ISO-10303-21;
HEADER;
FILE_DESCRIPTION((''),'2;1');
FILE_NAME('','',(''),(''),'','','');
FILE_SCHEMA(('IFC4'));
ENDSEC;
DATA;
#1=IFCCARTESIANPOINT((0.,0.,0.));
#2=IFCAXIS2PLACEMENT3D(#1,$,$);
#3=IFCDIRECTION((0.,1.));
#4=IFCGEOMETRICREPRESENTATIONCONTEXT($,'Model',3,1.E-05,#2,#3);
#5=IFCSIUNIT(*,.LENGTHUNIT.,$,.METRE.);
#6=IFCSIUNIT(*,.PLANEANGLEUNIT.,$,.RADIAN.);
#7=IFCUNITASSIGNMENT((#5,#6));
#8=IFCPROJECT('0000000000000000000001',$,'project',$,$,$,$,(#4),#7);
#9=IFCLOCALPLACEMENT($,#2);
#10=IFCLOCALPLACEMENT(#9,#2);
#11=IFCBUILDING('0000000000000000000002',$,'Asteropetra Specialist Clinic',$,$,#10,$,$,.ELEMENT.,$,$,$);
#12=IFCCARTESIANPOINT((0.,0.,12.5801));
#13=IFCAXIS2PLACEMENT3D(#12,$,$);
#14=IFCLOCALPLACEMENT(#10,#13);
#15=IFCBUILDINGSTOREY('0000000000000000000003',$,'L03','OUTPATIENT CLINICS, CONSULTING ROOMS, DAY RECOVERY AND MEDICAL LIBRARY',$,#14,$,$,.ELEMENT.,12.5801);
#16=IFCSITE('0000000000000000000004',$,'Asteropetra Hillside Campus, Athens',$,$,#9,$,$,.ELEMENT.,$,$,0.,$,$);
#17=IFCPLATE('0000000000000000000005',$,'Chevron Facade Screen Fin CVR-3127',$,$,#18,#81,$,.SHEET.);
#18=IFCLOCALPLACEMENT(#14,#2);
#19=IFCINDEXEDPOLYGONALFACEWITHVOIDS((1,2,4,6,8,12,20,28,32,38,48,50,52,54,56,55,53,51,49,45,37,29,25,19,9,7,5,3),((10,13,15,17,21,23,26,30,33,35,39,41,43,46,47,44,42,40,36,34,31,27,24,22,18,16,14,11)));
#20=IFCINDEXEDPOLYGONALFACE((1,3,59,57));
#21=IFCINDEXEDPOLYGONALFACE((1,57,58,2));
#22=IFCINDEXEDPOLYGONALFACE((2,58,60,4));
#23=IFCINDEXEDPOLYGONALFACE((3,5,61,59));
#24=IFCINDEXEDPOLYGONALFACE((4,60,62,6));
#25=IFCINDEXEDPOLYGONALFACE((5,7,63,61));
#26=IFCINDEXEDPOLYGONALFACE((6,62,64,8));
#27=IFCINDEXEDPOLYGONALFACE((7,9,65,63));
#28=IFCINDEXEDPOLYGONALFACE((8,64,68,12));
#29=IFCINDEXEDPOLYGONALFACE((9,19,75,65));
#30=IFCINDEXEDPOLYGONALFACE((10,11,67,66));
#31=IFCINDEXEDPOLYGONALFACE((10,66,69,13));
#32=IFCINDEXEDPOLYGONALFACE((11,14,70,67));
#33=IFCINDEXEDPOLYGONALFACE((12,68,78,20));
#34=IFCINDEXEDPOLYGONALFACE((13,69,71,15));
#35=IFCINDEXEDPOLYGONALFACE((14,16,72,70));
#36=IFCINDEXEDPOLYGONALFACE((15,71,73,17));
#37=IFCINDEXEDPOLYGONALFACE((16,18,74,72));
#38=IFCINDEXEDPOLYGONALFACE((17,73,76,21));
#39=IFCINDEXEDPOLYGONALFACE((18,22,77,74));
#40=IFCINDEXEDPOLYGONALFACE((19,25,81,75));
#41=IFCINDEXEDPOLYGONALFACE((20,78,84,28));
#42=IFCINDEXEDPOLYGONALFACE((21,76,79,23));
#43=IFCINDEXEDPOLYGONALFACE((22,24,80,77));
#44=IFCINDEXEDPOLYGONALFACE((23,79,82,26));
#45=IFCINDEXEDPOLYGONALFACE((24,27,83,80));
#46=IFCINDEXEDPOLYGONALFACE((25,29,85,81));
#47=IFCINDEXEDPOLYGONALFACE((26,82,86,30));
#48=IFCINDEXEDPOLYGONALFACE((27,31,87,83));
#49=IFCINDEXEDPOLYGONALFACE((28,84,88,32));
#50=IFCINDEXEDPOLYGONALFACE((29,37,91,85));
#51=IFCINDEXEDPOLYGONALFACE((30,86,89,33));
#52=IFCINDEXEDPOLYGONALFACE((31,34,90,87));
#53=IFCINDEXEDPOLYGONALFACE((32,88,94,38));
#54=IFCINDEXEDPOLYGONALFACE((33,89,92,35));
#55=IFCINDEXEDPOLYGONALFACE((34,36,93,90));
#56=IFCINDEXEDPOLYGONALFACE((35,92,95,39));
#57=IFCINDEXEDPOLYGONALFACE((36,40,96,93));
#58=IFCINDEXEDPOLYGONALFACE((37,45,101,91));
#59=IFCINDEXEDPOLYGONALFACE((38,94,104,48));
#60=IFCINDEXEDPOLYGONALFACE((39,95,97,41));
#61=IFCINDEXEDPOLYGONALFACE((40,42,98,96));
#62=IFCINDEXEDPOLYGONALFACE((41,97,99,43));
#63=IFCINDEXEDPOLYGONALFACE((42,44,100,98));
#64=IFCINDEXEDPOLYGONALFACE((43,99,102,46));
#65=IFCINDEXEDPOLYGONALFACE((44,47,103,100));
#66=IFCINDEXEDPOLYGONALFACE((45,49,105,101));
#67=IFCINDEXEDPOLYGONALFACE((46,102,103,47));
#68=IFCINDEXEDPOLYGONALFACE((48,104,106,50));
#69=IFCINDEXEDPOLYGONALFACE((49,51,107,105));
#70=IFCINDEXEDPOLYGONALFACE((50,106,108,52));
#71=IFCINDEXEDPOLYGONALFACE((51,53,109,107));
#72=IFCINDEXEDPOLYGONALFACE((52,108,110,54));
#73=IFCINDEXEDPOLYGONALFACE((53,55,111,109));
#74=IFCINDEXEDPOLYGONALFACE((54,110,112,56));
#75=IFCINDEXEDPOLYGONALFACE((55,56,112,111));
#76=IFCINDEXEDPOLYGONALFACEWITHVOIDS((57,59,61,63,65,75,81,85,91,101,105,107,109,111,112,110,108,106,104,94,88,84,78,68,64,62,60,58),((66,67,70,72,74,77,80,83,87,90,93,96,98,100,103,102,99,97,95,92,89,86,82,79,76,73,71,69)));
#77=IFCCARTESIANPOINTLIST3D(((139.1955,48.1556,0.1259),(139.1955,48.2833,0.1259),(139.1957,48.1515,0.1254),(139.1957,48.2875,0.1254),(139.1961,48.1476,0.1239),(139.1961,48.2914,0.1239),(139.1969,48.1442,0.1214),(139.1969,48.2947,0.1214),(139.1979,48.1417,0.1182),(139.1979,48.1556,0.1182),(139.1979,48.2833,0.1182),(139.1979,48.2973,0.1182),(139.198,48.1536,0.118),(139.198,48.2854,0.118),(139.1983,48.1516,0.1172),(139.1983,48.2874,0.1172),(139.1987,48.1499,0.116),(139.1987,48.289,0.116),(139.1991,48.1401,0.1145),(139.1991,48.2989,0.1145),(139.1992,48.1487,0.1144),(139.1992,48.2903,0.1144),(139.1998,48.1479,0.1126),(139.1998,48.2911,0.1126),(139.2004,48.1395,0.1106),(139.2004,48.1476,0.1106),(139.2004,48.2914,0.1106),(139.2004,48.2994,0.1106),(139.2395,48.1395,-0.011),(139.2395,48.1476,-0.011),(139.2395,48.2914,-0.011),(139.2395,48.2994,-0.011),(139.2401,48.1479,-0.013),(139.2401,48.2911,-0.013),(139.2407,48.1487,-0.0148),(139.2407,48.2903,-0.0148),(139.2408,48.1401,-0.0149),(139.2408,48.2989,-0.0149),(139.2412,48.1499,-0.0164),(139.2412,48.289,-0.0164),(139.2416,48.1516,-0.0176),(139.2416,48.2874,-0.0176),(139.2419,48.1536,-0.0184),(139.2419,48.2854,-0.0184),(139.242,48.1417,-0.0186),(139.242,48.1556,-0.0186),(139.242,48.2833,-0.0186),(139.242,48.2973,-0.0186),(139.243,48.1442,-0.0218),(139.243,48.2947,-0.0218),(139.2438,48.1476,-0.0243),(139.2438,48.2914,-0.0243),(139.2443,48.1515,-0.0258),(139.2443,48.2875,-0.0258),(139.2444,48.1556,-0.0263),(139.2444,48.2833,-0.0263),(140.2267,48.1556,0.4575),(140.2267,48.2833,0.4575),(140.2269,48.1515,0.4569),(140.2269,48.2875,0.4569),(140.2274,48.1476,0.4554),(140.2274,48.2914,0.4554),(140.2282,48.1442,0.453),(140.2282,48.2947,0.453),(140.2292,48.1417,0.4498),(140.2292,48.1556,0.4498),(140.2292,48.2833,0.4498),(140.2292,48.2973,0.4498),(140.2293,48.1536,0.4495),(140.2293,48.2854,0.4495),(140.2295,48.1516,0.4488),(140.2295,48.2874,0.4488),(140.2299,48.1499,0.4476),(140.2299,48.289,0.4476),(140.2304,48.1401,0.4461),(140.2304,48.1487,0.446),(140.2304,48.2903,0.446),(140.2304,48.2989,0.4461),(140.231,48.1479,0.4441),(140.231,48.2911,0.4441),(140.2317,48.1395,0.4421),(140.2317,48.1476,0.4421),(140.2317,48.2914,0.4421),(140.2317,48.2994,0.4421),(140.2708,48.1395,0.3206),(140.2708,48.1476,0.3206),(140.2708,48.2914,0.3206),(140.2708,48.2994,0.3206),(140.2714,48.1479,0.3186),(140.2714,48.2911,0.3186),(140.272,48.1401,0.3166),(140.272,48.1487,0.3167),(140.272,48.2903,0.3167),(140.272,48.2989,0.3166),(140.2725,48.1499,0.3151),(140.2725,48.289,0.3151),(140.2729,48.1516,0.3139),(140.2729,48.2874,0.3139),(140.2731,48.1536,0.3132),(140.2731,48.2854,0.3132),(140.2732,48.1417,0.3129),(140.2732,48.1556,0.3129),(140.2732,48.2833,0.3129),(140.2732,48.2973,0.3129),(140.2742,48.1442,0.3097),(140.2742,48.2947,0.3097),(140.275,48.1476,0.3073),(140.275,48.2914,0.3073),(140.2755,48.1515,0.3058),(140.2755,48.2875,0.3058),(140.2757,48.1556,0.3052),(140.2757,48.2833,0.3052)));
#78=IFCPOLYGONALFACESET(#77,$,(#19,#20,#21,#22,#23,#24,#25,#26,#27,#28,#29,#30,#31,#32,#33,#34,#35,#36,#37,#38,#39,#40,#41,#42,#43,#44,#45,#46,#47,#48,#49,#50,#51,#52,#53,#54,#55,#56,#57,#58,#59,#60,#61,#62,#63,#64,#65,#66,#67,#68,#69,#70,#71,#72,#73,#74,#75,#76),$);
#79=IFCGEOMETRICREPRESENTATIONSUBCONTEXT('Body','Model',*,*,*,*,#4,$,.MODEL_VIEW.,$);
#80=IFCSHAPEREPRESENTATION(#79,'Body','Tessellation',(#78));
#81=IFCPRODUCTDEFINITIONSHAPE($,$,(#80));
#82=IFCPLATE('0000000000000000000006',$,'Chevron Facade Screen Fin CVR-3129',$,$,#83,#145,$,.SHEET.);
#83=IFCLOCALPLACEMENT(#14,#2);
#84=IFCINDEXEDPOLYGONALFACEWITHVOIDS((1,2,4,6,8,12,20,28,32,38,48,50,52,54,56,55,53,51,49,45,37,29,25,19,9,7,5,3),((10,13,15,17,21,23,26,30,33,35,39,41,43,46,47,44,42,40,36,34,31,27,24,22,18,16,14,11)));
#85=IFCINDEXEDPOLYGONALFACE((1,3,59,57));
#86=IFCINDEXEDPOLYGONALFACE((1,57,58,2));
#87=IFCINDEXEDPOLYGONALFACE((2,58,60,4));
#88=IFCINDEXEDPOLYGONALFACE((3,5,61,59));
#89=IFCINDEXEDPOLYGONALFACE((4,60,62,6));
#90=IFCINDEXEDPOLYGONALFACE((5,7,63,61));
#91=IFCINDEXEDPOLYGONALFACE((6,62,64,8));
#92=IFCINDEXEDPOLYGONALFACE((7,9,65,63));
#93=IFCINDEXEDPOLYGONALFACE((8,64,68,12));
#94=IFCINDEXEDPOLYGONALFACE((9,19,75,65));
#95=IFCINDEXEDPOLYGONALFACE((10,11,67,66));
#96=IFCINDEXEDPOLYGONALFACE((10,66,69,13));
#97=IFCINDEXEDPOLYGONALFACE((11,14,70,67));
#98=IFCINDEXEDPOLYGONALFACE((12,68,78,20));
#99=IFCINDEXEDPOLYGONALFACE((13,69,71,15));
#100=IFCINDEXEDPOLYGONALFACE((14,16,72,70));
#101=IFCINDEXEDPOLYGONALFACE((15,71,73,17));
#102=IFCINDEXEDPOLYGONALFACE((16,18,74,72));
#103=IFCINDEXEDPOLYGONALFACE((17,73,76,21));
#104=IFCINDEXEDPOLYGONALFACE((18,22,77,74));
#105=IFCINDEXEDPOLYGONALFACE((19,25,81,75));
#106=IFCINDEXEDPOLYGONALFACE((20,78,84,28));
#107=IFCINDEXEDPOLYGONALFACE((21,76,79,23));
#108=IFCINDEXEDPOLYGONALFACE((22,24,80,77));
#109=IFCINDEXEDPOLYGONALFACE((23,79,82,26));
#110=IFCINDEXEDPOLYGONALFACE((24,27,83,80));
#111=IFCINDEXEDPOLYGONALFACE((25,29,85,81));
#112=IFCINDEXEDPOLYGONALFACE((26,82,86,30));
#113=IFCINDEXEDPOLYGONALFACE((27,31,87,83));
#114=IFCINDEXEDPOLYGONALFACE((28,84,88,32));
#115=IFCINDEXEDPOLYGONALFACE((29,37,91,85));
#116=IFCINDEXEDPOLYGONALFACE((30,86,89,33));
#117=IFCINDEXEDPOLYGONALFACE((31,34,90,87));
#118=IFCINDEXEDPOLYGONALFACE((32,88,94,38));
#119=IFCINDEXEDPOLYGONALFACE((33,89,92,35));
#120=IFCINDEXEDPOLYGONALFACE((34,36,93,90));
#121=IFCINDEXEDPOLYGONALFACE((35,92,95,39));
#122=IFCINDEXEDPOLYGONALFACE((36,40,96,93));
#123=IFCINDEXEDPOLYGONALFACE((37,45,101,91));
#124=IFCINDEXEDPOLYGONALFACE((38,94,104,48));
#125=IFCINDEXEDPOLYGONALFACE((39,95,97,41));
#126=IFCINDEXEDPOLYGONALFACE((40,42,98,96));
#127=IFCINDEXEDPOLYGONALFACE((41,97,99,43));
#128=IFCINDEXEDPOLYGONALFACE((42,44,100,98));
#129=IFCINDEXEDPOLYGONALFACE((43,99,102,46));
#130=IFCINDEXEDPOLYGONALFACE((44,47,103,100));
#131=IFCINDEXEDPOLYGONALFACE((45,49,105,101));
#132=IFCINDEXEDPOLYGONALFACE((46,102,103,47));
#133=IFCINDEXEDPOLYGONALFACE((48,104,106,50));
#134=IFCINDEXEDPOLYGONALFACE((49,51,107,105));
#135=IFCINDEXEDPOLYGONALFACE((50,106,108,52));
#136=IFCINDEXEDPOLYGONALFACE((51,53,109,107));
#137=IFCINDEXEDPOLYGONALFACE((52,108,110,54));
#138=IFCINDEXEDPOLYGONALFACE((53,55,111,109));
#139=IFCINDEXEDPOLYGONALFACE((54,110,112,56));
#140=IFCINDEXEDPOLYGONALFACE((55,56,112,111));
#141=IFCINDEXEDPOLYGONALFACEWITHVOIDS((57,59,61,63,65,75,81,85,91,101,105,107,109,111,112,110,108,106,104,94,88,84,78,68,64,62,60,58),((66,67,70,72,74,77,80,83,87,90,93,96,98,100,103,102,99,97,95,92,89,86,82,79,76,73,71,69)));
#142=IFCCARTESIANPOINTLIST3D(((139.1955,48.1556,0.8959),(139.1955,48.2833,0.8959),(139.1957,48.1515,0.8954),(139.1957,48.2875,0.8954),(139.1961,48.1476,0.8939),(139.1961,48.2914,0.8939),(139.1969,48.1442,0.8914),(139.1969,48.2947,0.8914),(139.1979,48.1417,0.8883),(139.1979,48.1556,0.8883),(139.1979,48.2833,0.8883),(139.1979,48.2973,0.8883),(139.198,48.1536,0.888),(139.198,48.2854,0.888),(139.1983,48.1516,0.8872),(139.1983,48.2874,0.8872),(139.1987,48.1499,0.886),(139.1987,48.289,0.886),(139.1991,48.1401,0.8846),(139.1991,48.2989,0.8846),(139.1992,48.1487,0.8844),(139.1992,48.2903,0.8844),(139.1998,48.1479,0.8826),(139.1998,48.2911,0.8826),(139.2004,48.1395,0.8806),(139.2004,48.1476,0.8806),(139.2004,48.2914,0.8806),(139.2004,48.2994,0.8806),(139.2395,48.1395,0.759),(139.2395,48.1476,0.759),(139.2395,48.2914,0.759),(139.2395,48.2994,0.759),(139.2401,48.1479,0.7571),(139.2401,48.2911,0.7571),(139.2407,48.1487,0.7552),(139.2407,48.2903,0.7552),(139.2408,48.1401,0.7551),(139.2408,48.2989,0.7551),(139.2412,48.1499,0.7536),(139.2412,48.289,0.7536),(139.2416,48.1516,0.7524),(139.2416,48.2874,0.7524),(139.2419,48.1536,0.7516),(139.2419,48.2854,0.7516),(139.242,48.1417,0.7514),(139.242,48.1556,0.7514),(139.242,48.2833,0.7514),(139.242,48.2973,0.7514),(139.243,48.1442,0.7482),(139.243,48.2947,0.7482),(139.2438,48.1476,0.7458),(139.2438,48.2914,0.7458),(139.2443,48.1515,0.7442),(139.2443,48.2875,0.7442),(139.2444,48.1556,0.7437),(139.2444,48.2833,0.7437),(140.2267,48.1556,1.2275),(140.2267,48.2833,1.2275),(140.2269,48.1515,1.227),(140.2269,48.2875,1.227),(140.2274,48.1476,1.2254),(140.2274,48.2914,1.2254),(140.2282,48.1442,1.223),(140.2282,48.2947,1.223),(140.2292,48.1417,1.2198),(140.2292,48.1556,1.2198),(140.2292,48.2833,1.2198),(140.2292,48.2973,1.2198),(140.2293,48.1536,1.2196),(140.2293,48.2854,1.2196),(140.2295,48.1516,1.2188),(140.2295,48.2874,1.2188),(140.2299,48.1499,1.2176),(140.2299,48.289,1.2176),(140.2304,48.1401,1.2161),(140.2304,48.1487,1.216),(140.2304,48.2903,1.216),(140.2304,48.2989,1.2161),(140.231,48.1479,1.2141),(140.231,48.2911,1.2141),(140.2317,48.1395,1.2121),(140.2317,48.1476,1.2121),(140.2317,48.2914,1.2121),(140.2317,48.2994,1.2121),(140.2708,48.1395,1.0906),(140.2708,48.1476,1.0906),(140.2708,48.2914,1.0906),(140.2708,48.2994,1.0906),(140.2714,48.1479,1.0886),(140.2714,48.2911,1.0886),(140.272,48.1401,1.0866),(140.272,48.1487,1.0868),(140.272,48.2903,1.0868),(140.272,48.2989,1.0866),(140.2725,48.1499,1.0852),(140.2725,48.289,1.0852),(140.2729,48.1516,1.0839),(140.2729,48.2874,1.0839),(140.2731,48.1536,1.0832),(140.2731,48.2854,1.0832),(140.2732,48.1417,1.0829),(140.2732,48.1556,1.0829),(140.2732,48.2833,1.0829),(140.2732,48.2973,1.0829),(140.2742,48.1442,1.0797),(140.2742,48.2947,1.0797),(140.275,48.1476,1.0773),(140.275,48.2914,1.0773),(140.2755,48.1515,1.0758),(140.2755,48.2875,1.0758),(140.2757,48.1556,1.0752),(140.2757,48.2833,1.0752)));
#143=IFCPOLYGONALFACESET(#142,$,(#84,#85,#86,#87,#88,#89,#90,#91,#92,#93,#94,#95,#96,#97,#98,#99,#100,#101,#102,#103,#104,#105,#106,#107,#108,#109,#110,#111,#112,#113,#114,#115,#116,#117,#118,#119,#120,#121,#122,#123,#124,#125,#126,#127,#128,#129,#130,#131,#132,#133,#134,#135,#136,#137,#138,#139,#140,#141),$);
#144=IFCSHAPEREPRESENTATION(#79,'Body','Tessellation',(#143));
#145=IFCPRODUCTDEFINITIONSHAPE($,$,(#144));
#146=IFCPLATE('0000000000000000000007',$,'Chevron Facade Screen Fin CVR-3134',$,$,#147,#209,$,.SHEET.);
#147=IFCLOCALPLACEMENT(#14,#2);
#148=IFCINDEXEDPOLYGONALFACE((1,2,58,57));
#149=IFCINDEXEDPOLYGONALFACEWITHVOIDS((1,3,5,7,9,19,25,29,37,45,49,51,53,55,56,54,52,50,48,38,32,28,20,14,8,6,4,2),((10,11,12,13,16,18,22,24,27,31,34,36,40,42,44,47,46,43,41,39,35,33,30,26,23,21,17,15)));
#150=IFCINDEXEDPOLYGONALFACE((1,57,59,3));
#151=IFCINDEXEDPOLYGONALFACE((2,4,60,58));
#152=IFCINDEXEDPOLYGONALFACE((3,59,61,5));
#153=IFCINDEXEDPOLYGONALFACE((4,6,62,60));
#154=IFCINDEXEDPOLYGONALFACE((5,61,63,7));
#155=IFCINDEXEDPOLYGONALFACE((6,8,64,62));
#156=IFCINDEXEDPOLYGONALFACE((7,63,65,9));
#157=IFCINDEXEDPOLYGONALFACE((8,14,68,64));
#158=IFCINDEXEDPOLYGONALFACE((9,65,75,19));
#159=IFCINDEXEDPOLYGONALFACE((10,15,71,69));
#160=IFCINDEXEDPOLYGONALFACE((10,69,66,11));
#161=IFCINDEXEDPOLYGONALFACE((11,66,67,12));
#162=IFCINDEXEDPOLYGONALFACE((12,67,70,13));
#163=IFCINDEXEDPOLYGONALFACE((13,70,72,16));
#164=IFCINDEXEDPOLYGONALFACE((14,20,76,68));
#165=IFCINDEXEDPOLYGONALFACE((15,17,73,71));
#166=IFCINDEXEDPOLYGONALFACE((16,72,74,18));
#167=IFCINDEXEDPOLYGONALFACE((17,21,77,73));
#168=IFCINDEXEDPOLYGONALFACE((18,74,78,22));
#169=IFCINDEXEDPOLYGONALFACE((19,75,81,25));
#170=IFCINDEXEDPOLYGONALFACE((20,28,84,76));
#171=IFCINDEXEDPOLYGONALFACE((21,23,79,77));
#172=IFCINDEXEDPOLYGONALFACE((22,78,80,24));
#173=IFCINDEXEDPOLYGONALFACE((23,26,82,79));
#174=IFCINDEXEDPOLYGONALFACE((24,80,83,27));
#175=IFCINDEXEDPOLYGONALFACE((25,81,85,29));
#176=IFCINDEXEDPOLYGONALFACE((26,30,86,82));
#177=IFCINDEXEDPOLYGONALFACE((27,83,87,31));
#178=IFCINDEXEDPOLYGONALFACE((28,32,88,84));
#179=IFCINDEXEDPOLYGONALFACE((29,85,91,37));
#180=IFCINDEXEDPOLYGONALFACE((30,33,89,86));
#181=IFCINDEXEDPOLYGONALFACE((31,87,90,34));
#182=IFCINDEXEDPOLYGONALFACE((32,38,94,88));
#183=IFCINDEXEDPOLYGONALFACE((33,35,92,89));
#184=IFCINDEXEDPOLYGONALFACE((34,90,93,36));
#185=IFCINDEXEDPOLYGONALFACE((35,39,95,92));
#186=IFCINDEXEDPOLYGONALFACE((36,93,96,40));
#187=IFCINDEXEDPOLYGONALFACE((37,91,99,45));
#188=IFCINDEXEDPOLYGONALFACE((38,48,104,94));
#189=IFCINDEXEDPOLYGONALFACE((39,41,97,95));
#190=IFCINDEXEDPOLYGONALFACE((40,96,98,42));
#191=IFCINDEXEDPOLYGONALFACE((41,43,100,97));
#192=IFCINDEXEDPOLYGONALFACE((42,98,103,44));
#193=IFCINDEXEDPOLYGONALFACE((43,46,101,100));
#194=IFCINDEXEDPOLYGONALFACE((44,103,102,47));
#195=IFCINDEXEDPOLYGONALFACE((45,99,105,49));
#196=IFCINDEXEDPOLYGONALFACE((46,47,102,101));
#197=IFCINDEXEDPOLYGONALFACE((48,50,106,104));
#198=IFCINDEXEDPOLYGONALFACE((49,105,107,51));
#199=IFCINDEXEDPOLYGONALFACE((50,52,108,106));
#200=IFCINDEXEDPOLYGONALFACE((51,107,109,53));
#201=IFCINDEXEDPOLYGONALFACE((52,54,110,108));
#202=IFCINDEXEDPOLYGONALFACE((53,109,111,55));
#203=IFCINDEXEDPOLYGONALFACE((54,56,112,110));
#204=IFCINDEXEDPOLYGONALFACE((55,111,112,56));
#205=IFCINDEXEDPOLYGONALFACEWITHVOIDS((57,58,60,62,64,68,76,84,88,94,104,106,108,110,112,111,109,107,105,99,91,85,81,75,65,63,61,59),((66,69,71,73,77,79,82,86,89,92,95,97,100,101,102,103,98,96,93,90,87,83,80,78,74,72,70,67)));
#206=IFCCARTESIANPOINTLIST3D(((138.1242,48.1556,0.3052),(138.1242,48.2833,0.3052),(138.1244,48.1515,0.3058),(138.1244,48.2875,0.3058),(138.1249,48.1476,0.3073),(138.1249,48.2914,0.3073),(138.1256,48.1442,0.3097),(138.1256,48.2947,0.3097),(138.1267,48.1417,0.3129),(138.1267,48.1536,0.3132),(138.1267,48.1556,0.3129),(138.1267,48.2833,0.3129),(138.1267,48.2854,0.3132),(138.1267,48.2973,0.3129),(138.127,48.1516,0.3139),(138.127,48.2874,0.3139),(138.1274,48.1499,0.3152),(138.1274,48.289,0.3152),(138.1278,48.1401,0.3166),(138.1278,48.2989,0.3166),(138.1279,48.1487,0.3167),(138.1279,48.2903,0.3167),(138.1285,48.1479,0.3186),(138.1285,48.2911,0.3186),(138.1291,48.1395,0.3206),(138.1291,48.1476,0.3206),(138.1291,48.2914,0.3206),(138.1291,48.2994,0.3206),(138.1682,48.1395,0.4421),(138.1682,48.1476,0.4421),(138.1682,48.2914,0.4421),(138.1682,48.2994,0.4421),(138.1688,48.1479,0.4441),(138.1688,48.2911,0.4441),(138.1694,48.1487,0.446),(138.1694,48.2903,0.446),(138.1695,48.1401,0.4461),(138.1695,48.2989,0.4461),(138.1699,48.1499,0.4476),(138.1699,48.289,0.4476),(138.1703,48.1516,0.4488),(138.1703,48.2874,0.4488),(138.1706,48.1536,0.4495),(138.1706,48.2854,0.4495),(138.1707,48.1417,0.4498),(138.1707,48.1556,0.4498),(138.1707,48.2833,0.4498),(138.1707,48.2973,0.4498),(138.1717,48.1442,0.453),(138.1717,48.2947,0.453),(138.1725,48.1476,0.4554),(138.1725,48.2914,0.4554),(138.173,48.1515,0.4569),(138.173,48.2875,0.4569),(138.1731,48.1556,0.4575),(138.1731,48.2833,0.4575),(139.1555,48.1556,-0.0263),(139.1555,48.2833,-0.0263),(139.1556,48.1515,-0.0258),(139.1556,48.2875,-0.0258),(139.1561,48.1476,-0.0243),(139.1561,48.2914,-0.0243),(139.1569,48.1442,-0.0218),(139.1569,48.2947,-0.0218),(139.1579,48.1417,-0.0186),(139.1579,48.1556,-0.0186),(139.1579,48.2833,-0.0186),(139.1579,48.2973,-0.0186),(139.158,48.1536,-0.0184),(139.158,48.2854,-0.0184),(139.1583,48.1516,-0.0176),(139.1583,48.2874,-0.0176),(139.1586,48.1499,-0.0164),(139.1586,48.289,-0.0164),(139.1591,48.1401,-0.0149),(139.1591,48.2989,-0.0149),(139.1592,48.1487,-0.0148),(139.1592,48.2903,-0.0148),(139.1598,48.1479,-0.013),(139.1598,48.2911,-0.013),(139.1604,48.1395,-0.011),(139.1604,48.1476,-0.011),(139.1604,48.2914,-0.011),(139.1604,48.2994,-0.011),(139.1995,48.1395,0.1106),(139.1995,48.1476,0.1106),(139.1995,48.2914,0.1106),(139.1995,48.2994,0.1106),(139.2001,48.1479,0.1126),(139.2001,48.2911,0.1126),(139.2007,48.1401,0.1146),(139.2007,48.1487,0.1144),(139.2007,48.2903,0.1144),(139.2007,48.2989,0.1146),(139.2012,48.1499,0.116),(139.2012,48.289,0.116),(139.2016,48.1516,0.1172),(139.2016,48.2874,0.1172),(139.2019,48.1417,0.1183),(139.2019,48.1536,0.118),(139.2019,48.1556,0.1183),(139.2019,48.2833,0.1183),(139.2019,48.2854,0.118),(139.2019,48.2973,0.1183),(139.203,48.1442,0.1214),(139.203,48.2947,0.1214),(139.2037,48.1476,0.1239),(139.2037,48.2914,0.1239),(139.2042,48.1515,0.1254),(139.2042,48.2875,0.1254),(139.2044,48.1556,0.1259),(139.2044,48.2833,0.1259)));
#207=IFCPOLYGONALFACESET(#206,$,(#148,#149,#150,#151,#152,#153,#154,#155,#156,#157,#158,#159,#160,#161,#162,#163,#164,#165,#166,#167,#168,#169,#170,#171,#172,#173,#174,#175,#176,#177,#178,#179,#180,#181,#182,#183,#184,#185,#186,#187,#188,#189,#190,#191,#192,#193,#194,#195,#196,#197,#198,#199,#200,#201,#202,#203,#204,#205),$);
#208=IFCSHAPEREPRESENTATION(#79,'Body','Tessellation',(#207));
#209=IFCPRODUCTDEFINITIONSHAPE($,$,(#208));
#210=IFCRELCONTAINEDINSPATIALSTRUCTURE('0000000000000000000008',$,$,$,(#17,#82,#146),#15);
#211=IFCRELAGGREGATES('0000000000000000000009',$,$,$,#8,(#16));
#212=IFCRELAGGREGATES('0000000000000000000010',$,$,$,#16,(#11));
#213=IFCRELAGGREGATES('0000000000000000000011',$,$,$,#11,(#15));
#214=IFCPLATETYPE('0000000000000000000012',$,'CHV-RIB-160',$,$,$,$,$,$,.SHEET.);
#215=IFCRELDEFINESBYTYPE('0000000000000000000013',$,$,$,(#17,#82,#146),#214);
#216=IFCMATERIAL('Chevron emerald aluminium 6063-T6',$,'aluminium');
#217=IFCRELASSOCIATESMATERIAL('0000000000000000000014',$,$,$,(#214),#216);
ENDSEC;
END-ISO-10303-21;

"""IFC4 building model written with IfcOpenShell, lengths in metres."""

from ifc_helpers import new_model, si_unit, direction, frame, origin, origin_2d, place, context, subcontext, project, spatial, hollow_rectangle, extrude, material, material_profile, profile_set, type_object, element, save


model = new_model("IFC4")

# Units and contexts
model_context = context("Model", 3, precision=1e-05, world=origin(), true_north=direction((0.0, 1.0)))
body_context = subcontext(model_context, "Body", "Model", "MODEL_VIEW")
ifc_project = project(units=[si_unit("LENGTHUNIT", "METRE"), si_unit("PLANEANGLEUNIT", "RADIAN")], contexts=[model_context])

# Site, building, storey
site_placement = place(None, origin())
site = spatial("IfcSite", under=ifc_project, at=site_placement, Name="Asteropetra Hillside Campus, Athens", CompositionType="ELEMENT", RefElevation=0.0)
building_placement = place(site_placement, origin())
building = spatial("IfcBuilding", under=site, at=building_placement, Name="Asteropetra Specialist Clinic", CompositionType="ELEMENT")
storey_placement = place(building_placement, frame((0.0, 0.0, 12.5801)))
storey = spatial("IfcBuildingStorey", under=building, at=storey_placement, Name="L03", Description="OUTPATIENT CLINICS, CONSULTING ROOMS, DAY RECOVERY AND MEDICAL LIBRARY", CompositionType="ELEMENT", Elevation=12.5801)

# Plates
ifc_material_1 = material(Name="Chevron emerald aluminium 6063-T6", Category="aluminium")
ifc_material_profile = material_profile(ifc_material_1, hollow_rectangle(XDim=0.1599, YDim=0.1599, WallThickness=0.0081, InnerFilletRadius=0.0081, OuterFilletRadius=0.0161, at=origin_2d()), Name="SHS 160x160x8.0")
ifc_profile_set = profile_set([ifc_material_profile], Name="Chevron emerald aluminium 6063-T6")
plate_type_1 = type_object("IfcPlateType", Name="CHV-RIB-160", PredefinedType="SHEET", material=ifc_profile_set)
for number, where, z_axis, x_axis, name in (
    (1, (140.2512, 48.2195, 0.3813), (-0.95201, 0.0, -0.306068), (0.0, -1.0, 0.0), "Chevron Facade Screen Fin CVR-3127"),
    (2, (140.2512, 48.2195, 1.1514), (-0.95201, 0.0, -0.306068), (0.0, -1.0, 0.0), "Chevron Facade Screen Fin CVR-3129"),
    (3, (139.1799, 48.2195, 0.0498), (-0.95201, 0.0, 0.306068), (0.0, -1.0, 0.0), "Chevron Facade Screen Fin CVR-3134"),
):
    element("IfcPlate", number, at=place(storey_placement, frame(where, z_axis=z_axis, x_axis=x_axis)), inside=storey, type_object=plate_type_1, Name=name, PredefinedType="SHEET", context=body_context, shape_type="SweptSolid", body=[
        extrude(hollow_rectangle(XDim=0.1599, YDim=0.1599, WallThickness=0.0081, InnerFilletRadius=0.0081, OuterFilletRadius=0.0161, at=origin_2d()), origin(), (0.0, 0.0, 1.0), 1.0833),
    ])

save(model, "model.ifc")
